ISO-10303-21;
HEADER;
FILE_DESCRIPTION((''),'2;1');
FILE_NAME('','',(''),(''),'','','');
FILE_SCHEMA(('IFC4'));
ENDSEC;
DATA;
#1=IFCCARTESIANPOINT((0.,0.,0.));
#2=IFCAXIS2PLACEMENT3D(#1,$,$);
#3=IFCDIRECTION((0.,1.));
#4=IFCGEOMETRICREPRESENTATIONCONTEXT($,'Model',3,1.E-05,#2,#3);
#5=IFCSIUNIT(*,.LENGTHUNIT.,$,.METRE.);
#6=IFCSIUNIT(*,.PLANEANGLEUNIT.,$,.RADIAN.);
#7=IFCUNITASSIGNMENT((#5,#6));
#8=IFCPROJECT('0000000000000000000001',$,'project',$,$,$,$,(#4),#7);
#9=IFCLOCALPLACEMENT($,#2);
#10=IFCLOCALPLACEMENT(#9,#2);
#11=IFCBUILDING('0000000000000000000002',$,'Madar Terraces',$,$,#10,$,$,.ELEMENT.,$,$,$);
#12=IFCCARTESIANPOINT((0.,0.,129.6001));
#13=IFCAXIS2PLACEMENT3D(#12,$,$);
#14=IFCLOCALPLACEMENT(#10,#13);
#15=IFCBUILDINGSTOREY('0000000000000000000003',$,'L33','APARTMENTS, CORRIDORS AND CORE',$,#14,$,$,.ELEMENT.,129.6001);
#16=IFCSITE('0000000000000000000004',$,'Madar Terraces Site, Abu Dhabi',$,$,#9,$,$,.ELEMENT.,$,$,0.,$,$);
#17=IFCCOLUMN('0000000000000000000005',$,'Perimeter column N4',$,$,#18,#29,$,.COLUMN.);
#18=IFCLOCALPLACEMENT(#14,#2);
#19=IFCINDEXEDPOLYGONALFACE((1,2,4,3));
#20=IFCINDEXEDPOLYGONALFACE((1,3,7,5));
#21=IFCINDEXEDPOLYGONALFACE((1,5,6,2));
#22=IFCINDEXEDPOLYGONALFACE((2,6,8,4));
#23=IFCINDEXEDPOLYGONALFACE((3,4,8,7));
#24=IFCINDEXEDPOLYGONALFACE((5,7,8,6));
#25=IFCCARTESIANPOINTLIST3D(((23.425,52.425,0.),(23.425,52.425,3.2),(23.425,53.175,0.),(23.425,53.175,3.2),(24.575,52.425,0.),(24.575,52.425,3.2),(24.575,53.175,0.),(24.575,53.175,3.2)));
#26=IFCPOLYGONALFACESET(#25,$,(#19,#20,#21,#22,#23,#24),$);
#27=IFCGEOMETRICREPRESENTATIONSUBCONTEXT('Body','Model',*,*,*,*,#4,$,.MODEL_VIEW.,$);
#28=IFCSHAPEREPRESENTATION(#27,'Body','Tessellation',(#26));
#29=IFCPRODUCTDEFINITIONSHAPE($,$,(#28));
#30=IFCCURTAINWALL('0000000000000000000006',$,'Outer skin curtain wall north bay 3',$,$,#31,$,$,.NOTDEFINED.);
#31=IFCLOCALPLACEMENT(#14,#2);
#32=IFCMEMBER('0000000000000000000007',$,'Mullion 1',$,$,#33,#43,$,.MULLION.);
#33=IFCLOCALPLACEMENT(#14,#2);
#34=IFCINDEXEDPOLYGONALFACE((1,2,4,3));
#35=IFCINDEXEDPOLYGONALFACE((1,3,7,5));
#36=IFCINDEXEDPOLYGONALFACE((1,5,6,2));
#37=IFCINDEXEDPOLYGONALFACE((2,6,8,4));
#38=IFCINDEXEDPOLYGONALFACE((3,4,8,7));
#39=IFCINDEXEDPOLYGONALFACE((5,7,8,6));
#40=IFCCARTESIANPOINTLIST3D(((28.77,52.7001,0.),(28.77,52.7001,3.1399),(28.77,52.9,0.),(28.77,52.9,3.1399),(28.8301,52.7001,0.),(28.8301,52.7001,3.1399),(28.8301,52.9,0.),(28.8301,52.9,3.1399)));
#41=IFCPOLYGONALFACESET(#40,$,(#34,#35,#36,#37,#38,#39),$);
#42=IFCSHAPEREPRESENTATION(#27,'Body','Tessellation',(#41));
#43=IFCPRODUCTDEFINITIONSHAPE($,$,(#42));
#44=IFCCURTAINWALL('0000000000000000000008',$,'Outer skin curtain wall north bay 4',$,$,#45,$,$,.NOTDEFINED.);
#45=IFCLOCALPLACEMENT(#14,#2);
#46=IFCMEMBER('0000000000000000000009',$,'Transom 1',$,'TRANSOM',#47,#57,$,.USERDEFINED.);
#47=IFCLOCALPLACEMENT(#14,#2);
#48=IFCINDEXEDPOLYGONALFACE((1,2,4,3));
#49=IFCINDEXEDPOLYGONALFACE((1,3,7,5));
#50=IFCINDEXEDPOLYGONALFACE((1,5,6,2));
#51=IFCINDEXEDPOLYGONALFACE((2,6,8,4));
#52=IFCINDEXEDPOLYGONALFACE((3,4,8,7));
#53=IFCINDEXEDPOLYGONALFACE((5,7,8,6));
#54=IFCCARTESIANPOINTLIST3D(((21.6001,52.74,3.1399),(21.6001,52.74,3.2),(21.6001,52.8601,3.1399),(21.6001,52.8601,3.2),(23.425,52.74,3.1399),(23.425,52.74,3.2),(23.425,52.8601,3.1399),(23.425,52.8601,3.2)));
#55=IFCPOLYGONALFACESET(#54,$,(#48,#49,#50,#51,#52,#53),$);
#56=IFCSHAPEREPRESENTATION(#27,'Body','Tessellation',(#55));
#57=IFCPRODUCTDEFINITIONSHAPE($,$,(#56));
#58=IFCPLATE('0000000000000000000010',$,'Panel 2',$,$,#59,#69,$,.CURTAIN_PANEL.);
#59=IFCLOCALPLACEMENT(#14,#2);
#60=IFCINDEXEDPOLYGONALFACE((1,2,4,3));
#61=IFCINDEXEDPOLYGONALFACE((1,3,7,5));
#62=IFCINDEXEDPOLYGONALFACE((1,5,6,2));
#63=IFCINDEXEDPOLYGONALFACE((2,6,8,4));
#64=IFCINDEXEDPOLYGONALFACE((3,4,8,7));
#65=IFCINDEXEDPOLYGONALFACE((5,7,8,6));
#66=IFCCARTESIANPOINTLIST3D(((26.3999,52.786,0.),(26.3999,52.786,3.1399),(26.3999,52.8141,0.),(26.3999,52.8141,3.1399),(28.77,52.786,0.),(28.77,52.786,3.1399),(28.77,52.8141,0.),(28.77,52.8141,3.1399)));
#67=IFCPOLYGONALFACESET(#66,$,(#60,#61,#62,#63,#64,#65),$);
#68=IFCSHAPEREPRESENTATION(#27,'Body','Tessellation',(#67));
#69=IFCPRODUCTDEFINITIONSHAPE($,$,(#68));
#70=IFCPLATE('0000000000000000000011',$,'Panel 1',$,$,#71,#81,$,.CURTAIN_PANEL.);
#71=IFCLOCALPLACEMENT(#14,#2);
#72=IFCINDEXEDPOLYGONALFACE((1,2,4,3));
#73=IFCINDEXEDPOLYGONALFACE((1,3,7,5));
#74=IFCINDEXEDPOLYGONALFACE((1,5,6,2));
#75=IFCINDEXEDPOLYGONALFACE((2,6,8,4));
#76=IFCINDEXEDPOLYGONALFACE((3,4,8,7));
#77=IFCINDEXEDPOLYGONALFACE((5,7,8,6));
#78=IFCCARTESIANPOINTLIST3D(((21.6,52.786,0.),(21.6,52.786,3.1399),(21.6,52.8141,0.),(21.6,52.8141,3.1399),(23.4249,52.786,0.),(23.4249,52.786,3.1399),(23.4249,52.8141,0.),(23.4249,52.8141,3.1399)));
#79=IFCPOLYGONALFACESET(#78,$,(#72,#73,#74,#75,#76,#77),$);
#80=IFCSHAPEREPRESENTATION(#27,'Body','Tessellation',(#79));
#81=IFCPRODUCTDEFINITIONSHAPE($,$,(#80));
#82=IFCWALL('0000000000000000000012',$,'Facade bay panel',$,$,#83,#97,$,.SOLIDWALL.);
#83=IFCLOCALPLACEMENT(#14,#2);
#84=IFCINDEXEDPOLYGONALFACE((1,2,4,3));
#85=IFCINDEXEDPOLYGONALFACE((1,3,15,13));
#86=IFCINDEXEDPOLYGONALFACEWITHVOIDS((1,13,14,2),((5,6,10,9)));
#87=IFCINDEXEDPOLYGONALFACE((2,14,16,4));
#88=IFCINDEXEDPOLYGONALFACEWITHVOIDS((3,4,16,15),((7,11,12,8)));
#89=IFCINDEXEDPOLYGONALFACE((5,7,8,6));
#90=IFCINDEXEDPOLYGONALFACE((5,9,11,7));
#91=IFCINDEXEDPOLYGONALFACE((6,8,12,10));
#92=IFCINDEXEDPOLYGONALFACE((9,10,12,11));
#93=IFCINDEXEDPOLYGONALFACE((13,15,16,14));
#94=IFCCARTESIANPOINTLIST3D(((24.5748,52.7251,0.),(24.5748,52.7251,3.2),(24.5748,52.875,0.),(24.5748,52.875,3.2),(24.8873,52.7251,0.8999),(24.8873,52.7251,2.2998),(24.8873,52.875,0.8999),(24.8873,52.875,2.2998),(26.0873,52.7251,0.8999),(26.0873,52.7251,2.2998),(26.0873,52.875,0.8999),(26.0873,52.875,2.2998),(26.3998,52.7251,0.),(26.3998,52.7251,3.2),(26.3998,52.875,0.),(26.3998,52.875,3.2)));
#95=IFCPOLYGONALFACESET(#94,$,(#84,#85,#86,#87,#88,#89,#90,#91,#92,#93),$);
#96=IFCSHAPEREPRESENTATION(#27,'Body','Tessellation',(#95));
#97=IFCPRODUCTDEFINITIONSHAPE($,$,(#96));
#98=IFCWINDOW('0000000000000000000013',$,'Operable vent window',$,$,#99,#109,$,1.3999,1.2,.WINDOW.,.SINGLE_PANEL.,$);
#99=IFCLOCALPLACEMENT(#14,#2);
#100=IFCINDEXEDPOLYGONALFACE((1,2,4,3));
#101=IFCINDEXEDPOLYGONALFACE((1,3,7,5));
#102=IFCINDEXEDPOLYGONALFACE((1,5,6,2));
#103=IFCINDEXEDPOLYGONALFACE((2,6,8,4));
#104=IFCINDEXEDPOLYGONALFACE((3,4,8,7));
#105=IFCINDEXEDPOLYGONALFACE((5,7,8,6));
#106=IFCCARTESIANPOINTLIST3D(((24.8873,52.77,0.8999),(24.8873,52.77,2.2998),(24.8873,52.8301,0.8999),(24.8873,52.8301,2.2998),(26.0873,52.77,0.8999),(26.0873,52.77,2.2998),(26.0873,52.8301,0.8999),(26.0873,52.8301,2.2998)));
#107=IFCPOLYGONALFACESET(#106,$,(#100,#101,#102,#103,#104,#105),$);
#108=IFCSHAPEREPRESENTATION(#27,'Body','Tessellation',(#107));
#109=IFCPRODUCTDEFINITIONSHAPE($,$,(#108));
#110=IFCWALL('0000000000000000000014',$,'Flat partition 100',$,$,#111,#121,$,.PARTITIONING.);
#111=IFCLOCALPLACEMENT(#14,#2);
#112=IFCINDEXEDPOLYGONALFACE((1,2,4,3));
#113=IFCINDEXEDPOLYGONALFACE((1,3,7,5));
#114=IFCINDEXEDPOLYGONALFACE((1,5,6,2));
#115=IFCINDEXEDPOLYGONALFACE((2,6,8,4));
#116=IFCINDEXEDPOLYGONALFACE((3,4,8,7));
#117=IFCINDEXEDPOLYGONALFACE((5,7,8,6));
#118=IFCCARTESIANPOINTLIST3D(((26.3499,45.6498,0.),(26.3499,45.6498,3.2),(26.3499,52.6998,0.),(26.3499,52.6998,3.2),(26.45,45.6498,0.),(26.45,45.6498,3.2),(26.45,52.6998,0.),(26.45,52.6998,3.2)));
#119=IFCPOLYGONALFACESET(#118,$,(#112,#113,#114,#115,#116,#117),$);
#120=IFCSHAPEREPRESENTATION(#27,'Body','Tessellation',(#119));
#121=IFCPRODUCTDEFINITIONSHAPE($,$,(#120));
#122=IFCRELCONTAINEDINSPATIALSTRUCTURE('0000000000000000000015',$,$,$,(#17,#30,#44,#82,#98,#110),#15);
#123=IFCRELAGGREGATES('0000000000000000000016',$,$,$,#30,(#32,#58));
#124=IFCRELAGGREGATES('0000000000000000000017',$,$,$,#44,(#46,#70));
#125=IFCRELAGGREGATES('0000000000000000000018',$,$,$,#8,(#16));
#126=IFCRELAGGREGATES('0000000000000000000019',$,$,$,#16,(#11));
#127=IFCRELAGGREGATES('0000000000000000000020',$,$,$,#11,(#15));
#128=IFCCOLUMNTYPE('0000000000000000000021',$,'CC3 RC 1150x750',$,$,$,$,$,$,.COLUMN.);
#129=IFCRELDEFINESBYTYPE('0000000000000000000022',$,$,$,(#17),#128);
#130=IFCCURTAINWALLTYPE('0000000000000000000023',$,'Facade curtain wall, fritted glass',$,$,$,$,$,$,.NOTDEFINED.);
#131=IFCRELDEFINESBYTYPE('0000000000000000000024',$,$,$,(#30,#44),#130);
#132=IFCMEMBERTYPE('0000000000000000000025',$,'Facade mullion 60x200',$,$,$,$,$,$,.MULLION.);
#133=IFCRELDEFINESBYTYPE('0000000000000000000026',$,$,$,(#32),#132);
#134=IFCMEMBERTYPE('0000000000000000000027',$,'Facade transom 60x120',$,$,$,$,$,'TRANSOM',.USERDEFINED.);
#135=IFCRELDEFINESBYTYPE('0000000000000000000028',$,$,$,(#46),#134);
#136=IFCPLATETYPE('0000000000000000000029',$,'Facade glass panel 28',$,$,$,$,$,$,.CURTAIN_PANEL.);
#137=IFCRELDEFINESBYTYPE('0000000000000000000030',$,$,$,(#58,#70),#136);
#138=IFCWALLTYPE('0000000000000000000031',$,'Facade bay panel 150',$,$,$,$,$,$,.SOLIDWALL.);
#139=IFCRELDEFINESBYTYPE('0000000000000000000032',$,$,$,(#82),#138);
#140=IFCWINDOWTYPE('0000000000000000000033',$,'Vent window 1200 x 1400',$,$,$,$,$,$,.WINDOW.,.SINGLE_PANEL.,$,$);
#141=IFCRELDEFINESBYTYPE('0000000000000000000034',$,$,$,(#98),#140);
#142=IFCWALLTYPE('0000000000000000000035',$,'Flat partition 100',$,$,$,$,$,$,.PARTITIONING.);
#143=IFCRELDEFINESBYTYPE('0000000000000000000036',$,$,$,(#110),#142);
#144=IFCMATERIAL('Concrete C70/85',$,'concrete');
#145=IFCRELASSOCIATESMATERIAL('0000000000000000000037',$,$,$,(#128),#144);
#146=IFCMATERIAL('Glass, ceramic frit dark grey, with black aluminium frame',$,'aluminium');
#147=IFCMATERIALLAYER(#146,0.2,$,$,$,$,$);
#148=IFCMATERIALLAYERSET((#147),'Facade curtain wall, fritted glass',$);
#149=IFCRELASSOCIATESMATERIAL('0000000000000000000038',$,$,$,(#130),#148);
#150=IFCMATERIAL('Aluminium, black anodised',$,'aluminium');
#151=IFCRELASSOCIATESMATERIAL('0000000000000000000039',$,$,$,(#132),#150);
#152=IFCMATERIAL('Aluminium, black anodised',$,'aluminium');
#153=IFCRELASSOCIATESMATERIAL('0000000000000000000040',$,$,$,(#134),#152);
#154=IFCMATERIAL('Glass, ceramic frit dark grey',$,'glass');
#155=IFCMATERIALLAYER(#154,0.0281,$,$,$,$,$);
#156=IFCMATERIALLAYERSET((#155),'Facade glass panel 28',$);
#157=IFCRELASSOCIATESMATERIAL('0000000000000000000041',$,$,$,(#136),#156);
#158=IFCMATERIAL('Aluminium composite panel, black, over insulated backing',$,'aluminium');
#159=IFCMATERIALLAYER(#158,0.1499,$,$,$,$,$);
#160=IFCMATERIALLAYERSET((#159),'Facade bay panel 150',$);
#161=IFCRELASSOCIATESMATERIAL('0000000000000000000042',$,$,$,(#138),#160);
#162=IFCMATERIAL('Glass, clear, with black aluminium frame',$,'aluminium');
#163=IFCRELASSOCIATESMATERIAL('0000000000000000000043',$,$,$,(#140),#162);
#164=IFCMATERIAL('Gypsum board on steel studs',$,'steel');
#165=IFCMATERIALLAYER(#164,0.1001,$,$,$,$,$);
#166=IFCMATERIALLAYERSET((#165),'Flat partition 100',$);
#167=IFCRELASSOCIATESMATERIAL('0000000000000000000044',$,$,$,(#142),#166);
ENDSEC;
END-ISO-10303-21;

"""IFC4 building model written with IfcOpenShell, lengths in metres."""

from ifc_helpers import new_model, si_unit, direction, frame, frame_2d, origin, origin_2d, place, context, subcontext, project, spatial, rectangle, extrude, material, layer, layer_set, material_profile, profile_set, type_object, element, fill, aggregate, save


model = new_model("IFC4")

# Units and contexts
model_context = context("Model", 3, precision=1e-05, world=origin(), true_north=direction((0.0, 1.0)))
body_context = subcontext(model_context, "Body", "Model", "MODEL_VIEW")
ifc_project = project(units=[si_unit("LENGTHUNIT", "METRE"), si_unit("PLANEANGLEUNIT", "RADIAN")], contexts=[model_context])

# Site, building, storey
site_placement = place(None, origin())
site = spatial("IfcSite", under=ifc_project, at=site_placement, Name="Madar Terraces Site, Abu Dhabi", CompositionType="ELEMENT", RefElevation=0.0)
building_placement = place(site_placement, origin())
building = spatial("IfcBuilding", under=site, at=building_placement, Name="Madar Terraces", CompositionType="ELEMENT")
storey_placement = place(building_placement, frame((0.0, 0.0, 129.6001)))
storey = spatial("IfcBuildingStorey", under=building, at=storey_placement, Name="L33", Description="APARTMENTS, CORRIDORS AND CORE", CompositionType="ELEMENT", Elevation=129.6001)

# Column
ifc_material_1 = material(Name="Concrete C70/85", Category="concrete")
ifc_material_profile_1 = material_profile(ifc_material_1, rectangle(XDim=1.1499, YDim=0.75, at=origin_2d()), Name="CC3 RC 1150x750")
ifc_profile_set_1 = profile_set([ifc_material_profile_1], Name="Concrete C70/85")
column_type = type_object("IfcColumnType", Name="CC3 RC 1150x750", PredefinedType="COLUMN", material=ifc_profile_set_1)
column_placement = place(storey_placement, frame((24.0, 52.8, 0.0), z_axis=(0.0, 0.0, 1.0), x_axis=(1.0, 0.0, 0.0)))
element("IfcColumn", 1, at=column_placement, inside=storey, type_object=column_type, Name="Perimeter column N4", PredefinedType="COLUMN", context=body_context, shape_type="SweptSolid", body=[
    extrude(rectangle(XDim=1.1499, YDim=0.75, at=origin_2d()), origin(), (0.0, 0.0, 1.0), 3.2),
])

# Curtain walls, members
ifc_material_2 = material(Name="Glass, ceramic frit dark grey, with black aluminium frame", Category="aluminium")
ifc_layer_1 = layer(ifc_material_2, 0.2)
ifc_layer_set_1 = layer_set([ifc_layer_1], Name="Facade curtain wall, fritted glass")
curtain_wall_type = type_object("IfcCurtainWallType", Name="Facade curtain wall, fritted glass", PredefinedType="NOTDEFINED", material=ifc_layer_set_1)
curtain_wall_1_placement = place(storey_placement, origin())
curtain_wall_1 = element("IfcCurtainWall", 2, at=curtain_wall_1_placement, inside=storey, type_object=curtain_wall_type, Name="Outer skin curtain wall north bay 3", PredefinedType="NOTDEFINED")
ifc_material_3 = material(Name="Aluminium, black anodised", Category="aluminium")
ifc_material_profile_2 = material_profile(ifc_material_3, rectangle(XDim=0.2, YDim=0.0601, at=origin_2d()), Name="Facade mullion 60x200")
ifc_profile_set_2 = profile_set([ifc_material_profile_2], Name="Aluminium, black anodised")
member_type_1 = type_object("IfcMemberType", Name="Facade mullion 60x200", PredefinedType="MULLION", material=ifc_profile_set_2)
member_1_placement = place(storey_placement, frame((28.8, 52.8, 0.0), z_axis=(0.0, 0.0, 1.0), x_axis=(0.0, -1.0, 0.0)))
member_1 = element("IfcMember", 3, at=member_1_placement, type_object=member_type_1, Name="Mullion 1", PredefinedType="MULLION", context=body_context, shape_type="SweptSolid", body=[
    extrude(rectangle(XDim=0.2, YDim=0.0601, at=origin_2d()), origin(), (0.0, 0.0, 1.0), 3.1399),
])
curtain_wall_2_placement = place(storey_placement, origin())
curtain_wall_2 = element("IfcCurtainWall", 4, at=curtain_wall_2_placement, inside=storey, type_object=curtain_wall_type, Name="Outer skin curtain wall north bay 4", PredefinedType="NOTDEFINED")
ifc_material_4 = material(Name="Aluminium, black anodised", Category="aluminium")
ifc_material_profile_3 = material_profile(ifc_material_4, rectangle(XDim=0.1201, YDim=0.0601, at=origin_2d()), Name="Facade transom 60x120")
ifc_profile_set_3 = profile_set([ifc_material_profile_3], Name="Aluminium, black anodised")
member_type_2 = type_object("IfcMemberType", Name="Facade transom 60x120", ElementType="TRANSOM", PredefinedType="USERDEFINED", material=ifc_profile_set_3)
member_2_placement = place(storey_placement, frame((23.425, 52.8, 3.1699), z_axis=(-1.0, 0.0, 0.0), x_axis=(0.0, -1.0, 0.0)))
member_2 = element("IfcMember", 5, at=member_2_placement, type_object=member_type_2, Name="Transom 1", ObjectType="TRANSOM", PredefinedType="USERDEFINED", context=body_context, shape_type="SweptSolid", body=[
    extrude(rectangle(XDim=0.1201, YDim=0.0601, at=origin_2d()), origin(), (0.0, 0.0, 1.0), 1.825),
])

# Plates
ifc_material_5 = material(Name="Glass, ceramic frit dark grey", Category="glass")
ifc_layer_2 = layer(ifc_material_5, 0.0281)
ifc_layer_set_2 = layer_set([ifc_layer_2], Name="Facade glass panel 28")
plate_type = type_object("IfcPlateType", Name="Facade glass panel 28", PredefinedType="CURTAIN_PANEL", material=ifc_layer_set_2)
plate_1_placement = place(storey_placement, frame((27.585, 52.8, 0.0), z_axis=(0.0, 0.0, 1.0), x_axis=(-1.0, 0.0, 0.0)))
plate_1 = element("IfcPlate", 6, at=plate_1_placement, type_object=plate_type, Name="Panel 2", PredefinedType="CURTAIN_PANEL", context=body_context, shape_type="SweptSolid", body=[
    extrude(rectangle(XDim=2.3701, YDim=0.0281, at=origin_2d()), origin(), (0.0, 0.0, 1.0), 3.1399),
])
aggregate(curtain_wall_1, [member_1, plate_1])
plate_2_placement = place(storey_placement, frame((22.5125, 52.8, 0.0), z_axis=(0.0, 0.0, 1.0), x_axis=(-1.0, 0.0, 0.0)))
plate_2 = element("IfcPlate", 7, at=plate_2_placement, type_object=plate_type, Name="Panel 1", PredefinedType="CURTAIN_PANEL", context=body_context, shape_type="SweptSolid", body=[
    extrude(rectangle(XDim=1.825, YDim=0.0281, at=origin_2d()), origin(), (0.0, 0.0, 1.0), 3.1399),
])
aggregate(curtain_wall_2, [member_2, plate_2])

# Wall, opening, window
ifc_material_6 = material(Name="Aluminium composite panel, black, over insulated backing", Category="aluminium")
ifc_layer_3 = layer(ifc_material_6, 0.1499)
ifc_layer_set_3 = layer_set([ifc_layer_3], Name="Facade bay panel 150")
wall_type_1 = type_object("IfcWallType", Name="Facade bay panel 150", PredefinedType="SOLIDWALL", material=ifc_layer_set_3)
wall_1_placement = place(storey_placement, frame((26.3999, 52.8, 0.0), z_axis=(0.0, 0.0, 1.0), x_axis=(-1.0, 0.0, 0.0)))
wall_1 = element("IfcWall", 8, at=wall_1_placement, inside=storey, type_object=wall_type_1, Name="Facade bay panel", PredefinedType="SOLIDWALL", context=body_context, shape_type="SweptSolid", body=[
    extrude(rectangle(XDim=1.825, YDim=0.1499, at=frame_2d((0.9126, 0.0))), origin(), (0.0, 0.0, 1.0), 3.2),
])
opening_1_placement = place(wall_1_placement, frame((0.3125, 0.0, 0.8999)))
opening_1 = element("IfcOpeningElement", 9, at=opening_1_placement, cuts=wall_1, PredefinedType="OPENING", context=body_context, shape_type="SweptSolid", body=[
    extrude(rectangle(XDim=1.2, YDim=1.3999, at=frame_2d((0.6001, 0.7))), frame((0.0, 0.085, 0.0), z_axis=(0.0, -1.0, 0.0), x_axis=(1.0, 0.0, 0.0)), (0.0, 0.0, 1.0), 0.1699),
])
ifc_material_7 = material(Name="Glass, clear, with black aluminium frame", Category="aluminium")
window_type = type_object("IfcWindowType", Name="Vent window 1200 x 1400", PartitioningType="SINGLE_PANEL", PredefinedType="WINDOW", material=ifc_material_7)
window_placement = place(opening_1_placement, origin())
window = element("IfcWindow", 10, at=window_placement, inside=storey, type_object=window_type, Name="Operable vent window", OverallHeight=1.3999, OverallWidth=1.2, PartitioningType="SINGLE_PANEL", PredefinedType="WINDOW", context=body_context, shape_type="SweptSolid", body=[
    extrude(rectangle(XDim=1.2, YDim=1.3999, at=frame_2d((0.6001, 0.7))), frame((0.0, 0.03, 0.0), z_axis=(0.0, -1.0, 0.0), x_axis=(1.0, 0.0, 0.0)), (0.0, 0.0, 1.0), 0.0601),
])
fill(opening_1, window)

# Wall
ifc_material_8 = material(Name="Gypsum board on steel studs", Category="steel")
ifc_layer_4 = layer(ifc_material_8, 0.1001)
ifc_layer_set_4 = layer_set([ifc_layer_4], Name="Flat partition 100")
wall_type_2 = type_object("IfcWallType", Name="Flat partition 100", PredefinedType="PARTITIONING", material=ifc_layer_set_4)
wall_2_placement = place(storey_placement, frame((26.3999, 45.6499, 0.0), z_axis=(0.0, 0.0, 1.0), x_axis=(0.0, 1.0, 0.0)))
element("IfcWall", 11, at=wall_2_placement, inside=storey, type_object=wall_type_2, Name="Flat partition 100", PredefinedType="PARTITIONING", context=body_context, shape_type="SweptSolid", body=[
    extrude(rectangle(XDim=7.05, YDim=0.1001, at=frame_2d((3.5249, 0.0))), origin(), (0.0, 0.0, 1.0), 3.2),
])

save(model, "model.ifc")
